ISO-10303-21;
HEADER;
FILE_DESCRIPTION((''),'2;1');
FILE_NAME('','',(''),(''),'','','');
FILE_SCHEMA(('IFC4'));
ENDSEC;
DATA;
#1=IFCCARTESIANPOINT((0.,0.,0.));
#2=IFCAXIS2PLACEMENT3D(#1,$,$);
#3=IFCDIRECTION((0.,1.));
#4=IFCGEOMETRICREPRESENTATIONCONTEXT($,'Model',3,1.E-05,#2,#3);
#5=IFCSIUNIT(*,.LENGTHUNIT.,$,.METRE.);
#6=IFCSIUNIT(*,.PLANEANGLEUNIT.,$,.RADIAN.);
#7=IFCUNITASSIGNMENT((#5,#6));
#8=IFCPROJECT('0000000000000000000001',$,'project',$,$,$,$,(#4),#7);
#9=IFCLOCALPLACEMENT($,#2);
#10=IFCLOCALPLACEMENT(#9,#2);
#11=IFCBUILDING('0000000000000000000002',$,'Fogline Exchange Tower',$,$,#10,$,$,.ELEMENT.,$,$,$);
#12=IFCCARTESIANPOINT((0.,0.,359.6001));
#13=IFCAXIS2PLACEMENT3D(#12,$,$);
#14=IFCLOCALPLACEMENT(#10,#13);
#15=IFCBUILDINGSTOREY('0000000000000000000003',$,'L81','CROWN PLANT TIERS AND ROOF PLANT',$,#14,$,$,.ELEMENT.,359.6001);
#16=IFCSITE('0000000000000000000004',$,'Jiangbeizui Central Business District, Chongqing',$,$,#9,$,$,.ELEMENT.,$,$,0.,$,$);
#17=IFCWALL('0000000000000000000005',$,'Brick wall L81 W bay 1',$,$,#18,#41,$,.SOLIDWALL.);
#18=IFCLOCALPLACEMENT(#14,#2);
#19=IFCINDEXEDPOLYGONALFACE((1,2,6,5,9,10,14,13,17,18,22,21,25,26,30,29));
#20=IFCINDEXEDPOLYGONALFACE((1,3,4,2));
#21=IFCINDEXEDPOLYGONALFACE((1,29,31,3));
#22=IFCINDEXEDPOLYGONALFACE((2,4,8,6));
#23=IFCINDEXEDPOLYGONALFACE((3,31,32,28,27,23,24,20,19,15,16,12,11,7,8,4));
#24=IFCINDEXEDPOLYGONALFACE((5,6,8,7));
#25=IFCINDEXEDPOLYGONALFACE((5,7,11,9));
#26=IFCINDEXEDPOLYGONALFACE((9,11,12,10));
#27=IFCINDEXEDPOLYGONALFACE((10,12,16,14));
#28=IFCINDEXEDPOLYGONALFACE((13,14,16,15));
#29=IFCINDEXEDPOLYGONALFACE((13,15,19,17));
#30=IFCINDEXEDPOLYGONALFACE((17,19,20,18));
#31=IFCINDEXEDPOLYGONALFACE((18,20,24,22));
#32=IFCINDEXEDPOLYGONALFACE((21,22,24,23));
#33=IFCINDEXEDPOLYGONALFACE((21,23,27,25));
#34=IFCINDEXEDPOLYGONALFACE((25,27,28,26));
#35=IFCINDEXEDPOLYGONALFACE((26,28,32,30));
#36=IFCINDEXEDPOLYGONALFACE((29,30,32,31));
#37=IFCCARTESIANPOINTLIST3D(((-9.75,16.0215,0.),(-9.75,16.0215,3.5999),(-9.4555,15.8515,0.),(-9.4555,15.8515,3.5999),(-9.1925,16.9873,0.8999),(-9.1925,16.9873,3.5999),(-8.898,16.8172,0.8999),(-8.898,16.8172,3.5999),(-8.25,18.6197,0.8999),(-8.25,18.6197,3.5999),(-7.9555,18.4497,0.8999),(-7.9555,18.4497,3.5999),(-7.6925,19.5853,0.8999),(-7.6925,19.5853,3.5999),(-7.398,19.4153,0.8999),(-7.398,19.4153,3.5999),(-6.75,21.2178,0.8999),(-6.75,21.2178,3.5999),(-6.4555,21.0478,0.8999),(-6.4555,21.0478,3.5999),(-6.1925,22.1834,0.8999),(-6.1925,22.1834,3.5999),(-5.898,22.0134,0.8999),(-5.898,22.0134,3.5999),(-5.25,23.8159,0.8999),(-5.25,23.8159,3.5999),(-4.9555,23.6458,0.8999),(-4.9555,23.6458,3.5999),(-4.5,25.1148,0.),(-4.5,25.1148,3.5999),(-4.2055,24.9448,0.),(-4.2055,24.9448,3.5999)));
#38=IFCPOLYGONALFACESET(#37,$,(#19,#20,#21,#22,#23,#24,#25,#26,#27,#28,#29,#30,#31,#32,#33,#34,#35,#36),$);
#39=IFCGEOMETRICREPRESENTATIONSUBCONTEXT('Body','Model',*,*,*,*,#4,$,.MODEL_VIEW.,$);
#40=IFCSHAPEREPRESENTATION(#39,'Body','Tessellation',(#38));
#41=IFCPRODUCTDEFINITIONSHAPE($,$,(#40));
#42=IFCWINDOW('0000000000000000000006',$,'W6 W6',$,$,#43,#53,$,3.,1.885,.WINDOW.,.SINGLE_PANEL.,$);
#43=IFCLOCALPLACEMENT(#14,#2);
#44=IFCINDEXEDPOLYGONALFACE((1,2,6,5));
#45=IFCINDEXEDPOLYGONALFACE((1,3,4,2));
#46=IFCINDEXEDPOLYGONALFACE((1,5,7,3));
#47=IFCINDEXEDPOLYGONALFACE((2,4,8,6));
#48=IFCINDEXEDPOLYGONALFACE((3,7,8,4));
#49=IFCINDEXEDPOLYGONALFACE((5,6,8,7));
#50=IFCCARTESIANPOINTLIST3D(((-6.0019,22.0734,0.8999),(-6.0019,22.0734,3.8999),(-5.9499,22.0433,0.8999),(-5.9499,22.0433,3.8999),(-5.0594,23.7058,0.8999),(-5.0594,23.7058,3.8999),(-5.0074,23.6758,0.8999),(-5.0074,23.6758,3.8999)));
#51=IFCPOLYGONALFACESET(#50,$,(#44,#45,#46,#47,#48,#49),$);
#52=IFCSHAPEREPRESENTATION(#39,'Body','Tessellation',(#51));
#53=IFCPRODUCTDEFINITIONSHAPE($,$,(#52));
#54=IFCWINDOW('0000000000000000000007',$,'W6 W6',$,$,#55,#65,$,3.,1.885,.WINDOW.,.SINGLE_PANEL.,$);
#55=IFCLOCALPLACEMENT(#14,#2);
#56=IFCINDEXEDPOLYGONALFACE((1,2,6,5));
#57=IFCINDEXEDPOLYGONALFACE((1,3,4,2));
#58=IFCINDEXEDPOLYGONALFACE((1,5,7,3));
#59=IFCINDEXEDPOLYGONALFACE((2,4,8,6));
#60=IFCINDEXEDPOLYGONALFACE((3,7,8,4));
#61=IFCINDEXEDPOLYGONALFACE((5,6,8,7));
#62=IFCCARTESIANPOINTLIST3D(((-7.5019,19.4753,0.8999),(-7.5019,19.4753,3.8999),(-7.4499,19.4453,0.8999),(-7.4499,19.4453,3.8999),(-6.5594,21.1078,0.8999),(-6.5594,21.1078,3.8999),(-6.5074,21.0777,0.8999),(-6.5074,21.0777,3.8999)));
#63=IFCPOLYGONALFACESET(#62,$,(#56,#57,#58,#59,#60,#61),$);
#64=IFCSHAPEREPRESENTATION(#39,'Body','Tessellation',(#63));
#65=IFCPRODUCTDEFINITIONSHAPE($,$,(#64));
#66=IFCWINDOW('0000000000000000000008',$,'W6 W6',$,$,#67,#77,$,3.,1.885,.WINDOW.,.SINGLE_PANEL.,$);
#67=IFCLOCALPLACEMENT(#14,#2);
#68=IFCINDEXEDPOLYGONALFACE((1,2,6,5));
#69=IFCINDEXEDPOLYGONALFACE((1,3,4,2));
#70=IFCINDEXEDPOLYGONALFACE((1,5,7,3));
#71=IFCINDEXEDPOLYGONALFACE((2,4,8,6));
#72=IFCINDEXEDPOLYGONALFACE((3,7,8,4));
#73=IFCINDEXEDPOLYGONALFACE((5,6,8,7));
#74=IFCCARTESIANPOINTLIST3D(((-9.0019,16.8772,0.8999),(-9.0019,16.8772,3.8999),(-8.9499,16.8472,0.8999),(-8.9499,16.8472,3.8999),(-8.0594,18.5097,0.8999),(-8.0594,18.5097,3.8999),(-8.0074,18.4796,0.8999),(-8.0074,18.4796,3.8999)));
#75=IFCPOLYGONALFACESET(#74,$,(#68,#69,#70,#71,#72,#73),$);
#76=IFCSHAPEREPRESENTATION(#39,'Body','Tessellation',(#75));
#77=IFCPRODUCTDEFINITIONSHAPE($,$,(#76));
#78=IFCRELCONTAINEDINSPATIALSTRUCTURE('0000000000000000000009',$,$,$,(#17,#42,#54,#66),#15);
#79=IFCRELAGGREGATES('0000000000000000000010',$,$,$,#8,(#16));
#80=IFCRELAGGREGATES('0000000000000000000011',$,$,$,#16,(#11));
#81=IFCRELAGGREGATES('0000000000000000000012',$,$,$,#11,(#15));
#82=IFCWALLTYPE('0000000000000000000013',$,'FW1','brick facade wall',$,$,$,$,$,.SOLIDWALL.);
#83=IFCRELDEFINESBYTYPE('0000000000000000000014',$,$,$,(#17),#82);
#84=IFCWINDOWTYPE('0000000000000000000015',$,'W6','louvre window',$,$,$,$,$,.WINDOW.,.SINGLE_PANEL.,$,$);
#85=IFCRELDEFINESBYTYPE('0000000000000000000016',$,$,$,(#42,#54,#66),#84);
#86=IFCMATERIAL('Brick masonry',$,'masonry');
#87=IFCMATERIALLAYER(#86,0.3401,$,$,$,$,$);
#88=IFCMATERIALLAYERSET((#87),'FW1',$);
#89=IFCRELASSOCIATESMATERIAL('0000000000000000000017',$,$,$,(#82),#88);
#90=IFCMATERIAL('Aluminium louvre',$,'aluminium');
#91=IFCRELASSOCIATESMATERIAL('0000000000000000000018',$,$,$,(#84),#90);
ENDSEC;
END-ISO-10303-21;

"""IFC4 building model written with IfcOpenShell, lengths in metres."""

from ifc_helpers import new_model, si_unit, direction, frame, frame_2d, origin, place, context, subcontext, project, spatial, rectangle, extrude, material, layer, layer_set, type_object, element, fill, save


model = new_model("IFC4")

# Units and contexts
model_context = context("Model", 3, precision=1e-05, world=origin(), true_north=direction((0.0, 1.0)))
body_context = subcontext(model_context, "Body", "Model", "MODEL_VIEW")
ifc_project = project(units=[si_unit("LENGTHUNIT", "METRE"), si_unit("PLANEANGLEUNIT", "RADIAN")], contexts=[model_context])

# Site, building, storey
site_placement = place(None, origin())
site = spatial("IfcSite", under=ifc_project, at=site_placement, Name="Jiangbeizui Central Business District, Chongqing", CompositionType="ELEMENT", RefElevation=0.0)
building_placement = place(site_placement, origin())
building = spatial("IfcBuilding", under=site, at=building_placement, Name="Fogline Exchange Tower", CompositionType="ELEMENT")
storey_placement = place(building_placement, frame((0.0, 0.0, 359.6001)))
storey = spatial("IfcBuildingStorey", under=building, at=storey_placement, Name="L81", Description="CROWN PLANT TIERS AND ROOF PLANT", CompositionType="ELEMENT", Elevation=359.6001)

# Wall, openings, windows
ifc_material_1 = material(Name="Brick masonry", Category="masonry")
ifc_layer_1 = layer(ifc_material_1, 0.3401)
ifc_layer_set_1 = layer_set([ifc_layer_1], Name="FW1")
wall_type = type_object("IfcWallType", Name="FW1", Description="brick facade wall", PredefinedType="SOLIDWALL", material=ifc_layer_set_1)
wall_placement = place(storey_placement, frame((-4.3528, 25.0298, 0.0), z_axis=(0.0, 0.0, 1.0), x_axis=(-0.5, -0.866025, 0.0)))
wall = element("IfcWall", 1, at=wall_placement, inside=storey, type_object=wall_type, Name="Brick wall L81 W bay 1", PredefinedType="SOLIDWALL", context=body_context, shape_type="SweptSolid", body=[
    extrude(rectangle(XDim=10.5, YDim=0.3401, at=frame_2d((5.25, 0.0))), origin(), (0.0, 0.0, 1.0), 3.5999),
])
opening_1_placement = place(wall_placement, frame((1.5, 0.0, 0.8999)))
opening_1 = element("IfcOpeningElement", 2, at=opening_1_placement, cuts=wall, PredefinedType="OPENING", context=body_context, shape_type="SweptSolid", body=[
    extrude(rectangle(XDim=1.885, YDim=3.0, at=frame_2d((0.9424, 1.5))), frame((0.0, 0.1802, 0.0), z_axis=(0.0, -1.0, 0.0), x_axis=(1.0, 0.0, 0.0)), (0.0, 0.0, 1.0), 0.3601),
])
opening_2_placement = place(wall_placement, frame((4.5, 0.0, 0.8999)))
opening_2 = element("IfcOpeningElement", 3, at=opening_2_placement, cuts=wall, PredefinedType="OPENING", context=body_context, shape_type="SweptSolid", body=[
    extrude(rectangle(XDim=1.885, YDim=3.0, at=frame_2d((0.9424, 1.5))), frame((0.0, 0.1802, 0.0), z_axis=(0.0, -1.0, 0.0), x_axis=(1.0, 0.0, 0.0)), (0.0, 0.0, 1.0), 0.3601),
])
opening_3_placement = place(wall_placement, frame((7.5, 0.0, 0.8999)))
opening_3 = element("IfcOpeningElement", 4, at=opening_3_placement, cuts=wall, PredefinedType="OPENING", context=body_context, shape_type="SweptSolid", body=[
    extrude(rectangle(XDim=1.885, YDim=3.0, at=frame_2d((0.9424, 1.5))), frame((0.0, 0.1802, 0.0), z_axis=(0.0, -1.0, 0.0), x_axis=(1.0, 0.0, 0.0)), (0.0, 0.0, 1.0), 0.3601),
])
ifc_material_2 = material(Name="Aluminium louvre", Category="aluminium")
window_type = type_object("IfcWindowType", Name="W6", Description="louvre window", PartitioningType="SINGLE_PANEL", PredefinedType="WINDOW", material=ifc_material_2)
window_1_placement = place(opening_1_placement, origin())
window_1 = element("IfcWindow", 5, at=window_1_placement, inside=storey, type_object=window_type, Name="W6 W6", OverallHeight=3.0, OverallWidth=1.885, PartitioningType="SINGLE_PANEL", PredefinedType="WINDOW", context=body_context, shape_type="SweptSolid", body=[
    extrude(rectangle(XDim=1.885, YDim=3.0, at=frame_2d((0.9424, 1.5))), frame((0.0, 0.1101, 0.0), z_axis=(0.0, -1.0, 0.0), x_axis=(1.0, 0.0, 0.0)), (0.0, 0.0, 1.0), 0.0601),
])
fill(opening_1, window_1)
window_2_placement = place(opening_2_placement, origin())
window_2 = element("IfcWindow", 6, at=window_2_placement, inside=storey, type_object=window_type, Name="W6 W6", OverallHeight=3.0, OverallWidth=1.885, PartitioningType="SINGLE_PANEL", PredefinedType="WINDOW", context=body_context, shape_type="SweptSolid", body=[
    extrude(rectangle(XDim=1.885, YDim=3.0, at=frame_2d((0.9424, 1.5))), frame((0.0, 0.1101, 0.0), z_axis=(0.0, -1.0, 0.0), x_axis=(1.0, 0.0, 0.0)), (0.0, 0.0, 1.0), 0.0601),
])
fill(opening_2, window_2)
window_3_placement = place(opening_3_placement, origin())
window_3 = element("IfcWindow", 7, at=window_3_placement, inside=storey, type_object=window_type, Name="W6 W6", OverallHeight=3.0, OverallWidth=1.885, PartitioningType="SINGLE_PANEL", PredefinedType="WINDOW", context=body_context, shape_type="SweptSolid", body=[
    extrude(rectangle(XDim=1.885, YDim=3.0, at=frame_2d((0.9424, 1.5))), frame((0.0, 0.1101, 0.0), z_axis=(0.0, -1.0, 0.0), x_axis=(1.0, 0.0, 0.0)), (0.0, 0.0, 1.0), 0.0601),
])
fill(opening_3, window_3)

save(model, "model.ifc")
